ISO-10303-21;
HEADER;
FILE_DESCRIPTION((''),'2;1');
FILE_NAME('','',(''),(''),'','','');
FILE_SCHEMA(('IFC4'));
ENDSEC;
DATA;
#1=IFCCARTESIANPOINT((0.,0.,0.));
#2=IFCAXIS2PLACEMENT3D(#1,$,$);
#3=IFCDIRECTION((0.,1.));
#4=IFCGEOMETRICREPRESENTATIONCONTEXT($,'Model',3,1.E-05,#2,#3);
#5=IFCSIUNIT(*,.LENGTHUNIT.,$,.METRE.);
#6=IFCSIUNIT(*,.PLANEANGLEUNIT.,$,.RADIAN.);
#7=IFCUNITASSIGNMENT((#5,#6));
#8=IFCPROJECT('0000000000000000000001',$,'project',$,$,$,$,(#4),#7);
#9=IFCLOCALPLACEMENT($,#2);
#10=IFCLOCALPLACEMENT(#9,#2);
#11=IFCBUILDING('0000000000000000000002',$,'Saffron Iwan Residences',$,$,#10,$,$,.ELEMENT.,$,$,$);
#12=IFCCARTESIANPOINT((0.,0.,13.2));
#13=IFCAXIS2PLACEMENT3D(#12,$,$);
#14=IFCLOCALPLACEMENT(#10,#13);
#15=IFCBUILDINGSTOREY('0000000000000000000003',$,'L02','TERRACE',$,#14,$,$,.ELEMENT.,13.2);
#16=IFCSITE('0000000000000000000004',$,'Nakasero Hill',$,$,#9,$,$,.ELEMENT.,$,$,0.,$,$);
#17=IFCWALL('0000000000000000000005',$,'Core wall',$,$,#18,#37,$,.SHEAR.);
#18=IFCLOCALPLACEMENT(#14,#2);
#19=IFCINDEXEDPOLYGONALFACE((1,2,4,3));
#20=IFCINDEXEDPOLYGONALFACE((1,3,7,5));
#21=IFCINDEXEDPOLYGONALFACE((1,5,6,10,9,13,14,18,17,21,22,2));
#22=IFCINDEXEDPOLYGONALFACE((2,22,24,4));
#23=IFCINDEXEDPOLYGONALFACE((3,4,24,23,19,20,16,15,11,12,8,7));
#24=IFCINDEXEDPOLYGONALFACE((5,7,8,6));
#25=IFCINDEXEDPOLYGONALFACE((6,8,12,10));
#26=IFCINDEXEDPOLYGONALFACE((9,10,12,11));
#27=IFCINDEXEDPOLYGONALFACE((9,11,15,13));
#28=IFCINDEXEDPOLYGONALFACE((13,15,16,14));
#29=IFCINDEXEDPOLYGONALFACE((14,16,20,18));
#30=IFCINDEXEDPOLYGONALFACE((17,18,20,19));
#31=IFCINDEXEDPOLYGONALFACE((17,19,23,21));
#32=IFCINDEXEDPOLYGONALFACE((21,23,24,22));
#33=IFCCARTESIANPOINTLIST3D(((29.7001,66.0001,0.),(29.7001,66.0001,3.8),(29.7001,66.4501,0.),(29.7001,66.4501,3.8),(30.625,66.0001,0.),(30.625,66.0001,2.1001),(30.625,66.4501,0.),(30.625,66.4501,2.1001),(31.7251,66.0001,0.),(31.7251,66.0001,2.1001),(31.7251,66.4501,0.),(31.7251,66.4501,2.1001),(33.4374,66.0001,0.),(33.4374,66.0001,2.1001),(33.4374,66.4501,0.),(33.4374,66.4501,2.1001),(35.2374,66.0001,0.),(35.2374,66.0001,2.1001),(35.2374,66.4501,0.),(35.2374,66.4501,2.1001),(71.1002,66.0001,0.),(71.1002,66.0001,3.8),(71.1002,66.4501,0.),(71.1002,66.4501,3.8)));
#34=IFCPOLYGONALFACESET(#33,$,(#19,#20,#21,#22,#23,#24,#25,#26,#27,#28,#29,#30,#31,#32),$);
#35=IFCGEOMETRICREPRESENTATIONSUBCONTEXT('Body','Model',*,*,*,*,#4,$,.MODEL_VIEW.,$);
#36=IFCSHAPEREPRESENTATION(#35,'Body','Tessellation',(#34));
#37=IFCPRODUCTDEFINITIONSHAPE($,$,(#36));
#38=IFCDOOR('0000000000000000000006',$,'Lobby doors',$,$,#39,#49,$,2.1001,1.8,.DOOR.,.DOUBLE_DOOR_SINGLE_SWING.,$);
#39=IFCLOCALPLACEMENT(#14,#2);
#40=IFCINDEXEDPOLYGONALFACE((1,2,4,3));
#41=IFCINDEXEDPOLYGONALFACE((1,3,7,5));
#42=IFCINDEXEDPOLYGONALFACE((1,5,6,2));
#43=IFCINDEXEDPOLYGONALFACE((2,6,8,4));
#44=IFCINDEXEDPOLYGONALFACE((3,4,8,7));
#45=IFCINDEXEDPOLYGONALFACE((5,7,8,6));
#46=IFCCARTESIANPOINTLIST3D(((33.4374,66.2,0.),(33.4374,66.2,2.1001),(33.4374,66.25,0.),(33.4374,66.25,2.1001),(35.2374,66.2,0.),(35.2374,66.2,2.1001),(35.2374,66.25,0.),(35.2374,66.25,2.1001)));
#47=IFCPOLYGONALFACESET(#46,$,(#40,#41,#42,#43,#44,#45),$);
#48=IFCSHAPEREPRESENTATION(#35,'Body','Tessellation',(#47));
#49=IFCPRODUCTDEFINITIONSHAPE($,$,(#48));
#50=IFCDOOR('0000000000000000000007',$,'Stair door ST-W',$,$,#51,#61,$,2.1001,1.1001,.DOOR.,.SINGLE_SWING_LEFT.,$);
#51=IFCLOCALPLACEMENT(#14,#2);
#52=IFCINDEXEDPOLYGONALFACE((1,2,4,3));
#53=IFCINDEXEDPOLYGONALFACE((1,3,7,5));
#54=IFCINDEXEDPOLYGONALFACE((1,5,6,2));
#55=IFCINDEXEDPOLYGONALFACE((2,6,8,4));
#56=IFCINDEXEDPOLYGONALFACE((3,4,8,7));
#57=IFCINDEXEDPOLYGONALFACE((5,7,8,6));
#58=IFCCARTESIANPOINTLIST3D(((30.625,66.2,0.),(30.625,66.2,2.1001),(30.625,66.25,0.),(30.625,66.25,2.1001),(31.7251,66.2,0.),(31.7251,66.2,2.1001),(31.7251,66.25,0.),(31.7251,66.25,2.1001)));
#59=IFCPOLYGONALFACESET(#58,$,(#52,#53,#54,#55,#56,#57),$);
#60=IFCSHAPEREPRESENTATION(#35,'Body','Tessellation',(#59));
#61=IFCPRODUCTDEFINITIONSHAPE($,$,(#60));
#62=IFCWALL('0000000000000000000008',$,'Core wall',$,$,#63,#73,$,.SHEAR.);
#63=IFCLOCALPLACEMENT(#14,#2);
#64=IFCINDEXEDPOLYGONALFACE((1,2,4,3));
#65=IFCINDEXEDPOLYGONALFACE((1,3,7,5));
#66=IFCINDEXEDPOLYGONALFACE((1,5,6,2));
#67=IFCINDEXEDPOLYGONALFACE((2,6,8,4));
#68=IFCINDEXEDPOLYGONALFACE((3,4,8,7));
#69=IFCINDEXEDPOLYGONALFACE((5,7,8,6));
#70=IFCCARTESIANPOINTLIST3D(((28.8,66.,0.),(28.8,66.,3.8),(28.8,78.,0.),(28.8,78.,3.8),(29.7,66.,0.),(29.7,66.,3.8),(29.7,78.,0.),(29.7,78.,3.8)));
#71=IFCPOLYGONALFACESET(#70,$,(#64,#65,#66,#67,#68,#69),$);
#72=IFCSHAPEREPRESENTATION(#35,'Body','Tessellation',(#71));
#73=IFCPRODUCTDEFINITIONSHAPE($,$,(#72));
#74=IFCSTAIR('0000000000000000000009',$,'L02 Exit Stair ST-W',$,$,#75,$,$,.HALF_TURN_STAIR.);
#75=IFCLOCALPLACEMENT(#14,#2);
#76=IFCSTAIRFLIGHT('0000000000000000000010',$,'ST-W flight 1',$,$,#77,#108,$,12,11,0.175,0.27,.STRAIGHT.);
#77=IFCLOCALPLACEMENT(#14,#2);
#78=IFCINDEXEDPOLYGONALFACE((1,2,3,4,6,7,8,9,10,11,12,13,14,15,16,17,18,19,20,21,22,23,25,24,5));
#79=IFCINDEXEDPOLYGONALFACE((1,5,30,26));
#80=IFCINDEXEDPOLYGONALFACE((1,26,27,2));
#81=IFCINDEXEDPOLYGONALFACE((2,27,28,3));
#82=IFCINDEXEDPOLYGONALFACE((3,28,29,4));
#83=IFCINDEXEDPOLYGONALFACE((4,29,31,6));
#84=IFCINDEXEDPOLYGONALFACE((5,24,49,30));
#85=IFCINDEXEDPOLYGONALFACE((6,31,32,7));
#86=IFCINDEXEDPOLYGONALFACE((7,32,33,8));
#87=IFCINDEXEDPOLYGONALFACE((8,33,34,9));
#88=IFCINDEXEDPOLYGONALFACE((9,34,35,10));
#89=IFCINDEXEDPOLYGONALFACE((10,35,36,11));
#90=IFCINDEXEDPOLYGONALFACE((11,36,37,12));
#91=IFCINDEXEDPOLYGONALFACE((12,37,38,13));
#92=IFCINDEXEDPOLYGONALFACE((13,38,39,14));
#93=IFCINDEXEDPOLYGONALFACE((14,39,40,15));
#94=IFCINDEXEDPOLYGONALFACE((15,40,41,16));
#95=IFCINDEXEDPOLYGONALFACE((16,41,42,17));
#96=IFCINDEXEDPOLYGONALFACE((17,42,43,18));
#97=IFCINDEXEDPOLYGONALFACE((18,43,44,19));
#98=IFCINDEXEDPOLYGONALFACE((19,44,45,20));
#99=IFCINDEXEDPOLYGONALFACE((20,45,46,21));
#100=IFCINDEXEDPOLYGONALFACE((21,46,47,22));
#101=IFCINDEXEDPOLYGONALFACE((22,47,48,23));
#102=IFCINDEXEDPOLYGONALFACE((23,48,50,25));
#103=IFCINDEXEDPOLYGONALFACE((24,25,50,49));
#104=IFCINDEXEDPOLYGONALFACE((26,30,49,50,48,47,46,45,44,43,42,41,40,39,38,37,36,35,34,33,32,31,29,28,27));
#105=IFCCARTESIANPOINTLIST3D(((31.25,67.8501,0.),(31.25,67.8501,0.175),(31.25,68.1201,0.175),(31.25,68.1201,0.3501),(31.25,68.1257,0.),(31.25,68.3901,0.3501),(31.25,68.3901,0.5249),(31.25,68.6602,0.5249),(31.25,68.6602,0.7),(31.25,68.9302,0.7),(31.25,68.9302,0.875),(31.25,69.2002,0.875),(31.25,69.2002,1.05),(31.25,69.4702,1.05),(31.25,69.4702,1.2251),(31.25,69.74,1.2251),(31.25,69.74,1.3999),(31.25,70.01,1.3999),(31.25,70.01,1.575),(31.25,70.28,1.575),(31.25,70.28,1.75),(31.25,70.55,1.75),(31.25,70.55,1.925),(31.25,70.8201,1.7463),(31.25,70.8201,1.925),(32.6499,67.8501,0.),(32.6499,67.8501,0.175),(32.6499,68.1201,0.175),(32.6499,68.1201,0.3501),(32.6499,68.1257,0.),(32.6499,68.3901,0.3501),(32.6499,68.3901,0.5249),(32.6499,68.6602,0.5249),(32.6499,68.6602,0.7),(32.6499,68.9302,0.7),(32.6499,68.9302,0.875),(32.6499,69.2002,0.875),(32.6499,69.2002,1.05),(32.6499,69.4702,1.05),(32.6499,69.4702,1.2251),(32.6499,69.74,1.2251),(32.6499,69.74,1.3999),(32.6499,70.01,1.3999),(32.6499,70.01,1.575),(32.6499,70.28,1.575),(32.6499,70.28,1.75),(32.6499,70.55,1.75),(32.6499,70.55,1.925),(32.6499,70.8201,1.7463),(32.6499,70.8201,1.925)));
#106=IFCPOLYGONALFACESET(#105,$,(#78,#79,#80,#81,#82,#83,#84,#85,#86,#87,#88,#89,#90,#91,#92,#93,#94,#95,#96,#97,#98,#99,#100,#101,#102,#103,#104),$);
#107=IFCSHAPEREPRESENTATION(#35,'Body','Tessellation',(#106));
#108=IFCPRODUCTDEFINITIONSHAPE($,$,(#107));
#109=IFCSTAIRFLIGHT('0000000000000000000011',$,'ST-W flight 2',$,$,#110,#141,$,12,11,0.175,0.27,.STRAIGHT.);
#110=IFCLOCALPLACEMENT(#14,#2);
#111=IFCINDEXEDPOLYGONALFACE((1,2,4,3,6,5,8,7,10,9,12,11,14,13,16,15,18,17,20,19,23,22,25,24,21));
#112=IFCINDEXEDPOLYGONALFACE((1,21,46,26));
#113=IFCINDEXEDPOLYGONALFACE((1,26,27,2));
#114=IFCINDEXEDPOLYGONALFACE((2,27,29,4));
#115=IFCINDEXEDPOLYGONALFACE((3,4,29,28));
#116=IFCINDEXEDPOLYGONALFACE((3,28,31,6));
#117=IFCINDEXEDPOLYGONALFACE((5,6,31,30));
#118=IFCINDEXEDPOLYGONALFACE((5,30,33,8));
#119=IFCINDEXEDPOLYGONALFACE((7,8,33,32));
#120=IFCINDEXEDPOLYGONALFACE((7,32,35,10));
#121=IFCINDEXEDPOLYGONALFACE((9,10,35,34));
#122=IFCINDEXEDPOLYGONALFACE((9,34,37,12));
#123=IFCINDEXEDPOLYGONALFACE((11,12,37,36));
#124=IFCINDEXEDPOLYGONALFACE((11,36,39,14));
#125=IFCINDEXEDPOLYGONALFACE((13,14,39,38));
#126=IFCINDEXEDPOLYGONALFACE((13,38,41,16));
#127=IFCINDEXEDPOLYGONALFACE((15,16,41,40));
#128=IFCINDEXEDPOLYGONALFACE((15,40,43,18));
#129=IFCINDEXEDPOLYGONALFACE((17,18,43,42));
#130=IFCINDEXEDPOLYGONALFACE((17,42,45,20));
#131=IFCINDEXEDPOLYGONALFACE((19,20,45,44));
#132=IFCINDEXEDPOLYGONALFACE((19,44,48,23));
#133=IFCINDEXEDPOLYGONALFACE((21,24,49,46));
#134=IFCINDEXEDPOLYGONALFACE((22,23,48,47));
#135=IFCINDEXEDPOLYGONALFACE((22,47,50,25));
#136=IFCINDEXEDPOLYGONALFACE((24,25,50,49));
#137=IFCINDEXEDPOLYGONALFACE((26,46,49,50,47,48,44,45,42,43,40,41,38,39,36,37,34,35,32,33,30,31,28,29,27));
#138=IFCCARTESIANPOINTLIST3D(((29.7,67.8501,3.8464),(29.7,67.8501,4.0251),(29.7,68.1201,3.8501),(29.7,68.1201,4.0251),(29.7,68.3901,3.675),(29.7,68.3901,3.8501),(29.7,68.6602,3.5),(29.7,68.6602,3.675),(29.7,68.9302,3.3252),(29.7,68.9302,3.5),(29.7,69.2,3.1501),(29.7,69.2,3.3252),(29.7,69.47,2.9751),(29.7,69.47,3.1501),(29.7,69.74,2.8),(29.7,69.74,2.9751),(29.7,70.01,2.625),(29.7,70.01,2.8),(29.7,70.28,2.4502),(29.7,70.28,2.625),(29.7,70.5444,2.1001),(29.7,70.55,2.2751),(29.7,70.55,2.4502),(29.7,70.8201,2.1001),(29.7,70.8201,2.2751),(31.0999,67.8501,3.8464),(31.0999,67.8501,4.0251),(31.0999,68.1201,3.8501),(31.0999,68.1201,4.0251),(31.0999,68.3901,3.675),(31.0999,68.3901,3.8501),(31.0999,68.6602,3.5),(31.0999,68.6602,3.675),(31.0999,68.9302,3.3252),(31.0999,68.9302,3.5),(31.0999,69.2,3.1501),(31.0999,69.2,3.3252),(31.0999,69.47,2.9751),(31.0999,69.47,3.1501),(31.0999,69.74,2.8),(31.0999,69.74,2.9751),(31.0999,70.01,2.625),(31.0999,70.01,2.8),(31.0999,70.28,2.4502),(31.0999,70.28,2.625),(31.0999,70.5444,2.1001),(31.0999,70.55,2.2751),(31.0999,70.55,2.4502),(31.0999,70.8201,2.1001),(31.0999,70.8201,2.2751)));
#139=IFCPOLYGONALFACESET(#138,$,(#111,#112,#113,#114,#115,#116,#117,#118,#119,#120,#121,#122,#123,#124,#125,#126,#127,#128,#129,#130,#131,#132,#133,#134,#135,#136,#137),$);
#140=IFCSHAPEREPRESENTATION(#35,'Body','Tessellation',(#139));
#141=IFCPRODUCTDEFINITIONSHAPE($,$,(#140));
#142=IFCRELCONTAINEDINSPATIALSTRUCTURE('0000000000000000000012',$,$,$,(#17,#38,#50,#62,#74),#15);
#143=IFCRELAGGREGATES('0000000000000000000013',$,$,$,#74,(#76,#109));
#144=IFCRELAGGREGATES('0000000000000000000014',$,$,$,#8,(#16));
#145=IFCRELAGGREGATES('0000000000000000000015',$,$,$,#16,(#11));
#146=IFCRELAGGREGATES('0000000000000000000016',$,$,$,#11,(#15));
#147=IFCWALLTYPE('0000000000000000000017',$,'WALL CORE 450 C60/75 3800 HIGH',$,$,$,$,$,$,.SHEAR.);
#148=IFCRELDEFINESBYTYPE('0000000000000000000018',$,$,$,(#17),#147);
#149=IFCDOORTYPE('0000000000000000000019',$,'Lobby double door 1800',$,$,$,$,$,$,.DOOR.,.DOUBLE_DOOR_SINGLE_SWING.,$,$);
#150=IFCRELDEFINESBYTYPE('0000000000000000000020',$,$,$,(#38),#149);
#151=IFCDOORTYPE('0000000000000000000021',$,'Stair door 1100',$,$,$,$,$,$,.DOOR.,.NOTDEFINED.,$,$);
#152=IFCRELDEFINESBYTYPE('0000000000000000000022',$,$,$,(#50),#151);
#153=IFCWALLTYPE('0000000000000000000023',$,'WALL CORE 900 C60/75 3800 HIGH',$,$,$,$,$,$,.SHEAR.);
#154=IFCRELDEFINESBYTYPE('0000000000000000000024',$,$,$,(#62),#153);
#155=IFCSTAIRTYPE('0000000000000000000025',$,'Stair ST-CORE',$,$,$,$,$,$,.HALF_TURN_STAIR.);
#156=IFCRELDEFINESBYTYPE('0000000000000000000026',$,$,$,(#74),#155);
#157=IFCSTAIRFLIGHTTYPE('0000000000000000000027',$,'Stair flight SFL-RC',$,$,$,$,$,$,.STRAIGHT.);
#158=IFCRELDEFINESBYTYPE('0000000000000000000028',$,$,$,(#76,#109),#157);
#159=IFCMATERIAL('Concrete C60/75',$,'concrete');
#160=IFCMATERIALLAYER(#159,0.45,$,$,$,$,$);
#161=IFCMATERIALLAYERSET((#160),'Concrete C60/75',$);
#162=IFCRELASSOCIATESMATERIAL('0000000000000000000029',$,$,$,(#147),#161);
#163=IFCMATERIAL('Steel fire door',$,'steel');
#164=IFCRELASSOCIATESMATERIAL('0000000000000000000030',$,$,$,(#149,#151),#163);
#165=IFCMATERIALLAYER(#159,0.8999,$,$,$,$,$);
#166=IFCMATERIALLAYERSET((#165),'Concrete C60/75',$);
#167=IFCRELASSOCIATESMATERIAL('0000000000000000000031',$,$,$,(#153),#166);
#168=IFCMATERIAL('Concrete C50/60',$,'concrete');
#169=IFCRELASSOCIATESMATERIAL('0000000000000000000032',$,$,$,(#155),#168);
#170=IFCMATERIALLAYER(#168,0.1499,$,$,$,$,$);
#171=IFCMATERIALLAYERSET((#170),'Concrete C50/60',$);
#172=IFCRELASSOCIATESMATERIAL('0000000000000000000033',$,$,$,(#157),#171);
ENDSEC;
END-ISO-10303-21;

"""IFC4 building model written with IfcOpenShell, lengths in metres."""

from ifc_helpers import new_model, si_unit, direction, frame, frame_2d, origin, place, context, subcontext, project, spatial, polyline, rectangle, outline, extrude, material, layer, layer_set, type_object, element, fill, aggregate, save


model = new_model("IFC4")

# Units and contexts
model_context = context("Model", 3, precision=1e-05, world=origin(), true_north=direction((0.0, 1.0)))
body_context = subcontext(model_context, "Body", "Model", "MODEL_VIEW")
ifc_project = project(units=[si_unit("LENGTHUNIT", "METRE"), si_unit("PLANEANGLEUNIT", "RADIAN")], contexts=[model_context])

# Site, building, storey
site_placement = place(None, origin())
site = spatial("IfcSite", under=ifc_project, at=site_placement, Name="Nakasero Hill", CompositionType="ELEMENT", RefElevation=0.0)
building_placement = place(site_placement, origin())
building = spatial("IfcBuilding", under=site, at=building_placement, Name="Saffron Iwan Residences", CompositionType="ELEMENT")
storey_placement = place(building_placement, frame((0.0, 0.0, 13.2)))
storey = spatial("IfcBuildingStorey", under=building, at=storey_placement, Name="L02", Description="TERRACE", CompositionType="ELEMENT", Elevation=13.2)

# Shared definitions
ifc_material_1 = material(Name="Concrete C50/60", Category="concrete")

# Wall, openings, doors
ifc_material_2 = material(Name="Concrete C60/75", Category="concrete")
ifc_layer_1 = layer(ifc_material_2, 0.45)
ifc_layer_set_1 = layer_set([ifc_layer_1], Name="Concrete C60/75")
wall_type_1 = type_object("IfcWallType", Name="WALL CORE 450 C60/75 3800 HIGH", PredefinedType="SHEAR", material=ifc_layer_set_1)
wall_1_placement = place(storey_placement, frame((29.7, 66.2251, 0.0), z_axis=(0.0, 0.0, 1.0), x_axis=(1.0, 0.0, 0.0)))
wall_1 = element("IfcWall", 1, at=wall_1_placement, inside=storey, type_object=wall_type_1, Name="Core wall", PredefinedType="SHEAR", context=body_context, shape_type="SweptSolid", body=[
    extrude(rectangle(XDim=41.4001, YDim=0.45, at=frame_2d((20.7002, 0.0))), origin(), (0.0, 0.0, 1.0), 3.8),
])
opening_1_placement = place(wall_1_placement, frame((0.925, 0.0, 0.0)))
opening_1 = element("IfcOpeningElement", 2, at=opening_1_placement, cuts=wall_1, PredefinedType="OPENING", context=body_context, shape_type="SweptSolid", body=[
    extrude(rectangle(XDim=1.1001, YDim=2.1001, at=frame_2d((0.55, 1.05))), frame((0.0, 0.2349, 0.0), z_axis=(0.0, -1.0, 0.0), x_axis=(1.0, 0.0, 0.0)), (0.0, 0.0, 1.0), 0.47),
])
opening_2_placement = place(wall_1_placement, frame((3.7375, 0.0, 0.0)))
opening_2 = element("IfcOpeningElement", 3, at=opening_2_placement, cuts=wall_1, PredefinedType="OPENING", context=body_context, shape_type="SweptSolid", body=[
    extrude(rectangle(XDim=1.8, YDim=2.1001, at=frame_2d((0.8999, 1.05))), frame((0.0, 0.2349, 0.0), z_axis=(0.0, -1.0, 0.0), x_axis=(1.0, 0.0, 0.0)), (0.0, 0.0, 1.0), 0.47),
])
ifc_material_3 = material(Name="Steel fire door", Category="steel")
door_type_1 = type_object("IfcDoorType", Name="Lobby double door 1800", OperationType="DOUBLE_DOOR_SINGLE_SWING", PredefinedType="DOOR", material=ifc_material_3)
door_1_placement = place(opening_2_placement, origin())
door_1 = element("IfcDoor", 4, at=door_1_placement, inside=storey, type_object=door_type_1, Name="Lobby doors", OperationType="DOUBLE_DOOR_SINGLE_SWING", OverallHeight=2.1001, OverallWidth=1.8, PredefinedType="DOOR", context=body_context, shape_type="SweptSolid", body=[
    extrude(rectangle(XDim=1.8, YDim=2.1001, at=frame_2d((0.8999, 1.05))), frame((0.0, 0.0249, 0.0), z_axis=(0.0, -1.0, 0.0), x_axis=(1.0, 0.0, 0.0)), (0.0, 0.0, 1.0), 0.05),
])
fill(opening_2, door_1)
door_type_2 = type_object("IfcDoorType", Name="Stair door 1100", OperationType="NOTDEFINED", PredefinedType="DOOR", material=ifc_material_3)
door_2_placement = place(opening_1_placement, origin())
door_2 = element("IfcDoor", 5, at=door_2_placement, inside=storey, type_object=door_type_2, Name="Stair door ST-W", OperationType="SINGLE_SWING_LEFT", OverallHeight=2.1001, OverallWidth=1.1001, PredefinedType="DOOR", context=body_context, shape_type="SweptSolid", body=[
    extrude(rectangle(XDim=1.1001, YDim=2.1001, at=frame_2d((0.55, 1.05))), frame((0.0, 0.0249, 0.0), z_axis=(0.0, -1.0, 0.0), x_axis=(1.0, 0.0, 0.0)), (0.0, 0.0, 1.0), 0.05),
])
fill(opening_1, door_2)

# Wall
ifc_layer_2 = layer(ifc_material_2, 0.8999)
ifc_layer_set_2 = layer_set([ifc_layer_2], Name="Concrete C60/75")
wall_type_2 = type_object("IfcWallType", Name="WALL CORE 900 C60/75 3800 HIGH", PredefinedType="SHEAR", material=ifc_layer_set_2)
wall_2_placement = place(storey_placement, frame((29.25, 66.0, 0.0), z_axis=(0.0, 0.0, 1.0), x_axis=(0.0, 1.0, 0.0)))
element("IfcWall", 6, at=wall_2_placement, inside=storey, type_object=wall_type_2, Name="Core wall", PredefinedType="SHEAR", context=body_context, shape_type="SweptSolid", body=[
    extrude(rectangle(XDim=12.0, YDim=0.8999, at=frame_2d((6.0, 0.0))), origin(), (0.0, 0.0, 1.0), 3.8),
])

# Stair, stair flights
stair_type = type_object("IfcStairType", Name="Stair ST-CORE", PredefinedType="HALF_TURN_STAIR", material=ifc_material_1)
stair_placement = place(storey_placement, origin())
stair = element("IfcStair", 7, at=stair_placement, inside=storey, type_object=stair_type, Name="L02 Exit Stair ST-W", PredefinedType="HALF_TURN_STAIR")
ifc_layer_3 = layer(ifc_material_1, 0.1499)
ifc_layer_set_3 = layer_set([ifc_layer_3], Name="Concrete C50/60")
stair_flight_type = type_object("IfcStairFlightType", Name="Stair flight SFL-RC", PredefinedType="STRAIGHT", material=ifc_layer_set_3)
stair_flight_1_placement = place(storey_placement, frame((31.95, 67.8501, 0.0), z_axis=(0.0, 0.0, 1.0), x_axis=(0.0, 1.0, 0.0)))
stair_flight_1 = element("IfcStairFlight", 8, at=stair_flight_1_placement, type_object=stair_flight_type, Name="ST-W flight 1", NumberOfRisers=12, NumberOfTreads=11, PredefinedType="STRAIGHT", RiserHeight=0.175, TreadLength=0.27, context=body_context, shape_type="SweptSolid", body=[
    extrude(outline(polyline([(0.0, 0.0), (0.0, 0.175), (0.27, 0.175), (0.27, 0.3501), (0.54, 0.3501), (0.54, 0.5249), (0.8101, 0.5249), (0.8101, 0.7), (1.0801, 0.7), (1.0801, 0.875), (1.3501, 0.875), (1.3501, 1.05), (1.6201, 1.05), (1.6201, 1.2251), (1.8899, 1.2251), (1.8899, 1.3999), (2.1599, 1.3999), (2.1599, 1.575), (2.4299, 1.575), (2.4299, 1.75), (2.7, 1.75), (2.7, 1.925), (2.97, 1.925), (2.97, 2.1001), (2.97, 1.7463), (0.2756, 0.0), (0.0, 0.0)])), frame((0.0, 0.7, 0.0), z_axis=(0.0, -1.0, 0.0), x_axis=(1.0, 0.0, 0.0)), (0.0, 0.0, 1.0), 1.3999),
])
stair_flight_2_placement = place(storey_placement, frame((30.3999, 70.8201, 2.1001), z_axis=(0.0, 0.0, 1.0), x_axis=(0.0, -1.0, 0.0)))
stair_flight_2 = element("IfcStairFlight", 9, at=stair_flight_2_placement, type_object=stair_flight_type, Name="ST-W flight 2", NumberOfRisers=12, NumberOfTreads=11, PredefinedType="STRAIGHT", RiserHeight=0.175, TreadLength=0.27, context=body_context, shape_type="SweptSolid", body=[
    extrude(outline(polyline([(0.0, 0.0), (0.0, 0.175), (0.27, 0.175), (0.27, 0.3501), (0.54, 0.3501), (0.54, 0.5249), (0.8101, 0.5249), (0.8101, 0.7), (1.0801, 0.7), (1.0801, 0.875), (1.3501, 0.875), (1.3501, 1.05), (1.6201, 1.05), (1.6201, 1.2251), (1.8899, 1.2251), (1.8899, 1.3999), (2.1599, 1.3999), (2.1599, 1.575), (2.4299, 1.575), (2.4299, 1.75), (2.7, 1.75), (2.7, 1.925), (2.97, 1.925), (2.97, 2.1001), (2.97, 1.7463), (0.2756, 0.0), (0.0, 0.0)])), frame((0.0, 0.7, 0.0), z_axis=(0.0, -1.0, 0.0), x_axis=(1.0, 0.0, 0.0)), (0.0, 0.0, 1.0), 1.3999),
])
aggregate(stair, [stair_flight_1, stair_flight_2])

save(model, "model.ifc")
